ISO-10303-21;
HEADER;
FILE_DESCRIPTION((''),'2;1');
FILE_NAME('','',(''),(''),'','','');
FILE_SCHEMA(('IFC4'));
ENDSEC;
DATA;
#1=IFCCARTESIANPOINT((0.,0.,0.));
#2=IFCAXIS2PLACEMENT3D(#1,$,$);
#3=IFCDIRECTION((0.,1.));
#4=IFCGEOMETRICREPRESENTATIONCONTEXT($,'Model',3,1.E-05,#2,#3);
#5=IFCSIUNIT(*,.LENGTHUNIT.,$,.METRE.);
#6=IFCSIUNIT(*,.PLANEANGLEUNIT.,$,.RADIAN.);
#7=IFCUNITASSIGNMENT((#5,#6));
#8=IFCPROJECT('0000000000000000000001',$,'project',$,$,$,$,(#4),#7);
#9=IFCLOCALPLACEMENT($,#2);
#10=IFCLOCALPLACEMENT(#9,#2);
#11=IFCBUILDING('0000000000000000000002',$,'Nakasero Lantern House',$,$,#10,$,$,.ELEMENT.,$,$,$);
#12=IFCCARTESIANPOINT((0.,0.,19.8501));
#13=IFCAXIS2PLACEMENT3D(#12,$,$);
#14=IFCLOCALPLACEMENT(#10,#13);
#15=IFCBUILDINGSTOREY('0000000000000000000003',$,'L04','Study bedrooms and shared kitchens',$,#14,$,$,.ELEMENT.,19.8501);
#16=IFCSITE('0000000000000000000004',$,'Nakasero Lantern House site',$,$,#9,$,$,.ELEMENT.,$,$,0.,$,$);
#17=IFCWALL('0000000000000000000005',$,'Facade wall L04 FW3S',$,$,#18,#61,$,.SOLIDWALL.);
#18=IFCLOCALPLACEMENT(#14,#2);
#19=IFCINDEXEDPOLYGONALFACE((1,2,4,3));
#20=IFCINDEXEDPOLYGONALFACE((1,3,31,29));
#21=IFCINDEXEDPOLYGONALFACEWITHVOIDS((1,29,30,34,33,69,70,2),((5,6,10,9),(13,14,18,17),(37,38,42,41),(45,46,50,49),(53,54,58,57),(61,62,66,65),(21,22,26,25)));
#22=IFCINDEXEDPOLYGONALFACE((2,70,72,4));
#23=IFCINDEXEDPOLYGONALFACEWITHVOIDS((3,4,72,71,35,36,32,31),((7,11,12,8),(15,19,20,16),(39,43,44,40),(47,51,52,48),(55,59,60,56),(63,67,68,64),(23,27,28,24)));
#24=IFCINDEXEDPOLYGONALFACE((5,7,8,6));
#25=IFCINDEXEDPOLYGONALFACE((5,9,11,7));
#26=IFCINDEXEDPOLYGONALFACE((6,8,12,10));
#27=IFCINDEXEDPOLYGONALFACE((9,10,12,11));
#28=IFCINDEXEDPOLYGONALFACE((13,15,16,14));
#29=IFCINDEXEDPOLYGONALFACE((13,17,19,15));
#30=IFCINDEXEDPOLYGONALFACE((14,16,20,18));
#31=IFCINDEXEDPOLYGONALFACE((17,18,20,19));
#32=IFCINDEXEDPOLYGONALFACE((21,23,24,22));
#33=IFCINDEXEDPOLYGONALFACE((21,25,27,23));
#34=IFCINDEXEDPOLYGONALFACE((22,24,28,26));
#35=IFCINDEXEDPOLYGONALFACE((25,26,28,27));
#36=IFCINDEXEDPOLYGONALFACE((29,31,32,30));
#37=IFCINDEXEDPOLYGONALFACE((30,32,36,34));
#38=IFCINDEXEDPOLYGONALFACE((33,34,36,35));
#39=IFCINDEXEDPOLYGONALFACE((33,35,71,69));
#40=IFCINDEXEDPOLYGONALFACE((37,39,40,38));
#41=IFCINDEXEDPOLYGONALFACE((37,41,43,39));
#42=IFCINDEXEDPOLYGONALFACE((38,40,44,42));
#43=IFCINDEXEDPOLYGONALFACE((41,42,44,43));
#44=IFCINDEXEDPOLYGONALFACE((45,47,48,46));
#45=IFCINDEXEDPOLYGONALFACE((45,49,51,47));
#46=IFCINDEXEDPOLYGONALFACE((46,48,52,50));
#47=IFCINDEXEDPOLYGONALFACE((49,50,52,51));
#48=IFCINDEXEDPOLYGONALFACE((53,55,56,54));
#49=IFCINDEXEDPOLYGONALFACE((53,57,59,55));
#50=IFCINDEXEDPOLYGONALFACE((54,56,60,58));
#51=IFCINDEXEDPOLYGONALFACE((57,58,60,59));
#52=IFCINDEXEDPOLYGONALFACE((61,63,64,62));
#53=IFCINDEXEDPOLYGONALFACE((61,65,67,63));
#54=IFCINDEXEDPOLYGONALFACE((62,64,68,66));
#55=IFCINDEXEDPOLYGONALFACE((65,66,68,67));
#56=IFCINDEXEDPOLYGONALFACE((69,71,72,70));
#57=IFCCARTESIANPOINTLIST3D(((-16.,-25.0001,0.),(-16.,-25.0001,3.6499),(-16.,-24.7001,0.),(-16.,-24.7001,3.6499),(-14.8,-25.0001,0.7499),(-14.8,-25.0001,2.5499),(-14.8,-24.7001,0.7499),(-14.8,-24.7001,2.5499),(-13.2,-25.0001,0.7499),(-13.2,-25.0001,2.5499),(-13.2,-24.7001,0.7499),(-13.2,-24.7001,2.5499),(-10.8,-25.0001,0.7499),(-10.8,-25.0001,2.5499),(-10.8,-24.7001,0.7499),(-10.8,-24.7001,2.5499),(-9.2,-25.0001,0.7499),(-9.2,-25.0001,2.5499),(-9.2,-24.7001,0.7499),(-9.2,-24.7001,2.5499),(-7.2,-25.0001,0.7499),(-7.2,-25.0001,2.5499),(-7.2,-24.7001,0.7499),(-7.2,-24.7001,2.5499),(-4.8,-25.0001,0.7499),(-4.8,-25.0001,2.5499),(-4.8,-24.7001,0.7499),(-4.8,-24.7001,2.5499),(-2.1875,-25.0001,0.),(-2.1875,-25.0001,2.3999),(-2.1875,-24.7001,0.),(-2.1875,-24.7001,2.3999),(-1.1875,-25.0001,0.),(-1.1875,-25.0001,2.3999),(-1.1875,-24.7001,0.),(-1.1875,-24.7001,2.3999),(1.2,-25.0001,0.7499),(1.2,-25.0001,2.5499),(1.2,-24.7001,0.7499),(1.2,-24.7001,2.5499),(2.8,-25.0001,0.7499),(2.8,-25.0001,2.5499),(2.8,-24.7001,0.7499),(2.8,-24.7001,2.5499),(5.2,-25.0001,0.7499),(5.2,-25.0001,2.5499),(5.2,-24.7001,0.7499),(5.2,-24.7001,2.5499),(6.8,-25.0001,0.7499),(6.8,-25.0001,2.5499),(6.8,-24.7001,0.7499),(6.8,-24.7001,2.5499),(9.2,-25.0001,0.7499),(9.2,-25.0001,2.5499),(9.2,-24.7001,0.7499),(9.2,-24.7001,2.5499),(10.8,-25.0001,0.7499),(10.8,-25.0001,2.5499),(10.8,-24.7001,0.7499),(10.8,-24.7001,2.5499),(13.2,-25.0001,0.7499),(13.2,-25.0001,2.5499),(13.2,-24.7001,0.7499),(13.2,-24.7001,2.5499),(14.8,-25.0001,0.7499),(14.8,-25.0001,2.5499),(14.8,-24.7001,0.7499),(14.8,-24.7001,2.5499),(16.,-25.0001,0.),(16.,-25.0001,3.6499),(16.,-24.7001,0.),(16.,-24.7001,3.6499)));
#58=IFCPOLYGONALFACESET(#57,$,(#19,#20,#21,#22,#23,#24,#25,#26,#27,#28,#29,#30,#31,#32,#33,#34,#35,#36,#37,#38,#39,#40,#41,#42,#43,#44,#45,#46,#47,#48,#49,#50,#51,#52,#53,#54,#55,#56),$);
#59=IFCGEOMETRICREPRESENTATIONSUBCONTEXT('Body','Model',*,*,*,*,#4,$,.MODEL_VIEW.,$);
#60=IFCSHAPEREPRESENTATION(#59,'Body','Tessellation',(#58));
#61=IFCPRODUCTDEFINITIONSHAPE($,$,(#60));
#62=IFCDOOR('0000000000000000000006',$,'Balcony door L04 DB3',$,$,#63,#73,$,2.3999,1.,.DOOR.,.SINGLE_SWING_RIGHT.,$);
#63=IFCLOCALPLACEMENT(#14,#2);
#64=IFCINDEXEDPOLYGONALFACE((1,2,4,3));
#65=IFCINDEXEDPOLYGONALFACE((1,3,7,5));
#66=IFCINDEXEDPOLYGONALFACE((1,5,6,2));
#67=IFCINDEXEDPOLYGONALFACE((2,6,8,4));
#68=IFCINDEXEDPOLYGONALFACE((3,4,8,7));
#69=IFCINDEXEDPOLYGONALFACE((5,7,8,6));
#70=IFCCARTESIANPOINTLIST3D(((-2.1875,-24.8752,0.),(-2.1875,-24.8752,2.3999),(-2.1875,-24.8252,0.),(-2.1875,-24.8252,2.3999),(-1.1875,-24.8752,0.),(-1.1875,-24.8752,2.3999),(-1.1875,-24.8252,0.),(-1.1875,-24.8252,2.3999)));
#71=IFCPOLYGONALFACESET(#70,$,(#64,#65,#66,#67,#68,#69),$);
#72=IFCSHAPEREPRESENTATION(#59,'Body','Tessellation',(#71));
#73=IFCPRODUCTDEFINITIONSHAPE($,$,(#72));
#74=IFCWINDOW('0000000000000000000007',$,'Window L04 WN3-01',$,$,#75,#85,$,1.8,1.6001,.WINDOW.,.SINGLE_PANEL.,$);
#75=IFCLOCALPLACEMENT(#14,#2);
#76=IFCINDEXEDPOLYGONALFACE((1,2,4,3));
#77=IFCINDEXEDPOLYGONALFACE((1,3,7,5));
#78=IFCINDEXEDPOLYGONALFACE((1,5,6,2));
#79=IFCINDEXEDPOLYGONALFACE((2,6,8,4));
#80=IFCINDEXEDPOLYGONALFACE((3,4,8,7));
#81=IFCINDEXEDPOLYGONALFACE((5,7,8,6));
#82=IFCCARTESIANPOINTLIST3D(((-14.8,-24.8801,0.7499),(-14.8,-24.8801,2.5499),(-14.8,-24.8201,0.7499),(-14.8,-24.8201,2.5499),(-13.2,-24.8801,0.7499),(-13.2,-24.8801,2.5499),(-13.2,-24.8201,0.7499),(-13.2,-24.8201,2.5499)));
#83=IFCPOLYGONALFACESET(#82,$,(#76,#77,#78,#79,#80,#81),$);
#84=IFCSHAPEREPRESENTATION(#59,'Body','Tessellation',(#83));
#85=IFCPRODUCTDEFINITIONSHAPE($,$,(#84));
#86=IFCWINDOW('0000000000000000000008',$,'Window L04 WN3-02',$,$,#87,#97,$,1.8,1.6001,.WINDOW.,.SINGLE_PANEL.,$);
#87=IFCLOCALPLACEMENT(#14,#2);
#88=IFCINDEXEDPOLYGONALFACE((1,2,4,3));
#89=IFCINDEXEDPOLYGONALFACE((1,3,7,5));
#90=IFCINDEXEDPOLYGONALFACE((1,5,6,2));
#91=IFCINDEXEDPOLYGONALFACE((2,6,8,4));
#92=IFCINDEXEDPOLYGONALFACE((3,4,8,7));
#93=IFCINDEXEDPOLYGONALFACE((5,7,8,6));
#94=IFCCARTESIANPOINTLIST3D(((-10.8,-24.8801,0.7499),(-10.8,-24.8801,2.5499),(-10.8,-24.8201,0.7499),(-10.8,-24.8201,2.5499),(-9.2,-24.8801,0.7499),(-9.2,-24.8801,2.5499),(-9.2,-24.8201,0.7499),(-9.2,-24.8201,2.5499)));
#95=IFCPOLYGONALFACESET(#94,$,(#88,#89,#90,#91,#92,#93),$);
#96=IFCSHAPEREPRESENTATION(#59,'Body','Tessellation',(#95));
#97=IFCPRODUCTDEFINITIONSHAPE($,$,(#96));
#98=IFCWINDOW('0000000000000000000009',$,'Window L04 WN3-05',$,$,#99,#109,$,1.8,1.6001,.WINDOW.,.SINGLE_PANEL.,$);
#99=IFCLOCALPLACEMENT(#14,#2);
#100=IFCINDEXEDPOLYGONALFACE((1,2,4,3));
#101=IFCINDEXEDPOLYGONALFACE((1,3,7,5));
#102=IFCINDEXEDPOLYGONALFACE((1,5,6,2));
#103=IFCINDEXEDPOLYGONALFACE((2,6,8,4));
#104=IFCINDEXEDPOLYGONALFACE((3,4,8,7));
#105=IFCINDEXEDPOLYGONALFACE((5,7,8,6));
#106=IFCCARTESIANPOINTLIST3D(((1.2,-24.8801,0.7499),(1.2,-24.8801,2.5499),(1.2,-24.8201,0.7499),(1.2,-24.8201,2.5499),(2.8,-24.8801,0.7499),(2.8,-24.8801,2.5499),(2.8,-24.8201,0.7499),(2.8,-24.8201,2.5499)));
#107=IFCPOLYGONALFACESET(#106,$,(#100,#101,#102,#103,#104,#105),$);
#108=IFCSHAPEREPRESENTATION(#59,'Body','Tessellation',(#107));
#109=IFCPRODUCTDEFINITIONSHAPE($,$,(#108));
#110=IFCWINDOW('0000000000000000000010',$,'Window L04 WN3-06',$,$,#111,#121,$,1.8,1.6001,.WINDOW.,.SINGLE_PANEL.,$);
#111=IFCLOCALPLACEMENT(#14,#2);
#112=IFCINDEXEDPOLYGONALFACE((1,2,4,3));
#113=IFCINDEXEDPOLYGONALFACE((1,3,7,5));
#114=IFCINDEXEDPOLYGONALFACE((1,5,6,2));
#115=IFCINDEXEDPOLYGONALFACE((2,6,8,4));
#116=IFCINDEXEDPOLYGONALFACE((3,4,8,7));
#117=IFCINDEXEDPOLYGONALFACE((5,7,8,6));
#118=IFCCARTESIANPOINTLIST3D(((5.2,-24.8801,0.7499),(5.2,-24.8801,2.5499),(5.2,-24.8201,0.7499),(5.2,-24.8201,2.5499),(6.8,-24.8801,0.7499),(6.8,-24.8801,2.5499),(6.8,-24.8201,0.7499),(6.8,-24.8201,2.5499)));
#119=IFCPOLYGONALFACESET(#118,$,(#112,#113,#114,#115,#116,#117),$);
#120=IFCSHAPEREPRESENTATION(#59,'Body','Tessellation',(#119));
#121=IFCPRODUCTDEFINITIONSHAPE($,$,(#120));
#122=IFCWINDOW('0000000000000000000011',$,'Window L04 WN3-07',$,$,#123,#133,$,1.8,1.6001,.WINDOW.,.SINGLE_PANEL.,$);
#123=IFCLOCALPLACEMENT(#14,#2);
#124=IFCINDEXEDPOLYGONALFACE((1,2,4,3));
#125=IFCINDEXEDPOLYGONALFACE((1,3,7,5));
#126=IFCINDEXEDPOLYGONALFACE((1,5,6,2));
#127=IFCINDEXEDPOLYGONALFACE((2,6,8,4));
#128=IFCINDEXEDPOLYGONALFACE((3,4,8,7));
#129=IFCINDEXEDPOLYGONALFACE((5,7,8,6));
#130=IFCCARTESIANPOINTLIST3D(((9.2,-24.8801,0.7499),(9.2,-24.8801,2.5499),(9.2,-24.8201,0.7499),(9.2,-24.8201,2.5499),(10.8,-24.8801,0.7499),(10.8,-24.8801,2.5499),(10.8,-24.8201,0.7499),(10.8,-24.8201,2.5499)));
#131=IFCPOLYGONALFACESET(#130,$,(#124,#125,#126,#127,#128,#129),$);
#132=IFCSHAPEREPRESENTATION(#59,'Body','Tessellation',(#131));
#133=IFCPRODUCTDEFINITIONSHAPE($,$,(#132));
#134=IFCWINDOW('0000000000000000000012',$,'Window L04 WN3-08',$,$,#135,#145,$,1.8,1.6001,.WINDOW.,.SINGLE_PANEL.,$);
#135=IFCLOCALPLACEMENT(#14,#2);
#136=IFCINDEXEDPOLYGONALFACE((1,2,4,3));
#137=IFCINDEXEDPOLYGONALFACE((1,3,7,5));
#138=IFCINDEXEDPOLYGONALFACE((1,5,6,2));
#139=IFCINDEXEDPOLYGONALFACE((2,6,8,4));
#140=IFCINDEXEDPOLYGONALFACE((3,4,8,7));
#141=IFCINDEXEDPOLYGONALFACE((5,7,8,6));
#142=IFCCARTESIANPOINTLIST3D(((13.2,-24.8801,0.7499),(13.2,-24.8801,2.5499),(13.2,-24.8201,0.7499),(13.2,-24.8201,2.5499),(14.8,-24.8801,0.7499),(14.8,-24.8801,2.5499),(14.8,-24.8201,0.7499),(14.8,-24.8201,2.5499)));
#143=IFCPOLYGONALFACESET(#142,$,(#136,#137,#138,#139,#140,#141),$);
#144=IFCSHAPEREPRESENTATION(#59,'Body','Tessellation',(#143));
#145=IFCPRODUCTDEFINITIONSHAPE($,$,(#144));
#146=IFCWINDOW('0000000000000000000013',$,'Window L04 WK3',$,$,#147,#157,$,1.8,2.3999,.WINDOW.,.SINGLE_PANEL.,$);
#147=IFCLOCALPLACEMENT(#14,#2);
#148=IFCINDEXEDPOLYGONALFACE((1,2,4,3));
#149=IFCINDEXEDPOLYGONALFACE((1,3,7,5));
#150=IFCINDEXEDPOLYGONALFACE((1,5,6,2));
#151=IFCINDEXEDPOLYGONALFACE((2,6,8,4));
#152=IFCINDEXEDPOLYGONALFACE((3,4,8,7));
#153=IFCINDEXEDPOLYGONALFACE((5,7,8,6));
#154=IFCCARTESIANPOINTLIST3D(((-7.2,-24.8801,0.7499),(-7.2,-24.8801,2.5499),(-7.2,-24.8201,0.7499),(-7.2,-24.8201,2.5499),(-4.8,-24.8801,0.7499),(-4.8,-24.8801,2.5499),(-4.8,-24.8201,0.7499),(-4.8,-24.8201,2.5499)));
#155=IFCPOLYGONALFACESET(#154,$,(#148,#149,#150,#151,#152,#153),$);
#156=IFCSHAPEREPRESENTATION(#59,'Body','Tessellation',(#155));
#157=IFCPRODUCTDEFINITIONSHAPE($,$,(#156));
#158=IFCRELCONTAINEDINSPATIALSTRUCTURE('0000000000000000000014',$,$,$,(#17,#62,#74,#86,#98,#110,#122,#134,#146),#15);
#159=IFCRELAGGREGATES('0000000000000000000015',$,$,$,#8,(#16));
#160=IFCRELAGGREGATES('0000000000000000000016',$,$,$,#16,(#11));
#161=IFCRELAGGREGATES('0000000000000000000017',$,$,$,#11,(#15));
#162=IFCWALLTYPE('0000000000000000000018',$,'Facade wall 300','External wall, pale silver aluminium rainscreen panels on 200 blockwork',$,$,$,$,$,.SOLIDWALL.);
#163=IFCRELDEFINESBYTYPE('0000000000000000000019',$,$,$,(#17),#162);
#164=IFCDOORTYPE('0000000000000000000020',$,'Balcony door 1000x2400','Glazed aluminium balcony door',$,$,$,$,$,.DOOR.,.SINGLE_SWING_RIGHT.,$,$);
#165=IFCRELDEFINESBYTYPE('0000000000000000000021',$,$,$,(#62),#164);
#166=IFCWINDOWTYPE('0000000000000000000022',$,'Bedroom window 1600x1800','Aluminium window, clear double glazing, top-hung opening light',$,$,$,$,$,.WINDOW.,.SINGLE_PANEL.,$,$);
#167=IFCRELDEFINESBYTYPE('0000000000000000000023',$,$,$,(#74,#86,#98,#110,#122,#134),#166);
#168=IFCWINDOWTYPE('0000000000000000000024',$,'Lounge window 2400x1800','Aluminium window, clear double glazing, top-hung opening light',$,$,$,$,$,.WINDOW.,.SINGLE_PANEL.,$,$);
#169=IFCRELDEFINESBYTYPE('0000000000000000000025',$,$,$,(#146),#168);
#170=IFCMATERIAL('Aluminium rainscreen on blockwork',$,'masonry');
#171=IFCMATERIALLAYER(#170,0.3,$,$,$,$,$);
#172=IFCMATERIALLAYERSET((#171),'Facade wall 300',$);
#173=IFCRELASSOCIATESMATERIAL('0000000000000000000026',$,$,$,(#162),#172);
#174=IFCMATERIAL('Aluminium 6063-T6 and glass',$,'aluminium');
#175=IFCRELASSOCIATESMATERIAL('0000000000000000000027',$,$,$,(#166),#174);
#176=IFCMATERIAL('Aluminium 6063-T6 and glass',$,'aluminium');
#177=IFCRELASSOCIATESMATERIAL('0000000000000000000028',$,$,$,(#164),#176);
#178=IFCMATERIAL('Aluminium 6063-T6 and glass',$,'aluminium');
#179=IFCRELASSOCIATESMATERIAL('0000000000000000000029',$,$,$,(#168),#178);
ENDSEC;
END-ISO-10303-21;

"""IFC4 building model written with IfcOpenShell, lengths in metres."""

from ifc_helpers import new_model, si_unit, direction, frame, frame_2d, origin, place, context, subcontext, project, spatial, rectangle, extrude, material, layer, layer_set, type_object, element, fill, save


model = new_model("IFC4")

# Units and contexts
model_context = context("Model", 3, precision=1e-05, world=origin(), true_north=direction((0.0, 1.0)))
body_context = subcontext(model_context, "Body", "Model", "MODEL_VIEW")
ifc_project = project(units=[si_unit("LENGTHUNIT", "METRE"), si_unit("PLANEANGLEUNIT", "RADIAN")], contexts=[model_context])

# Site, building, storey
site_placement = place(None, origin())
site = spatial("IfcSite", under=ifc_project, at=site_placement, Name="Nakasero Lantern House site", CompositionType="ELEMENT", RefElevation=0.0)
building_placement = place(site_placement, origin())
building = spatial("IfcBuilding", under=site, at=building_placement, Name="Nakasero Lantern House", CompositionType="ELEMENT")
storey_placement = place(building_placement, frame((0.0, 0.0, 19.8501)))
storey = spatial("IfcBuildingStorey", under=building, at=storey_placement, Name="L04", Description="Study bedrooms and shared kitchens", CompositionType="ELEMENT", Elevation=19.8501)

# Shared definitions
ifc_material_1 = material(Name="Aluminium rainscreen on blockwork", Category="masonry")
ifc_layer_1 = layer(ifc_material_1, 0.3)
ifc_layer_set_1 = layer_set([ifc_layer_1], Name="Facade wall 300")
wall_type_1 = type_object("IfcWallType", Name="Facade wall 300", Description="External wall, pale silver aluminium rainscreen panels on 200 blockwork", PredefinedType="SOLIDWALL", material=ifc_layer_set_1)
ifc_material_2 = material(Name="Aluminium 6063-T6 and glass", Category="aluminium")
window_type_1 = type_object("IfcWindowType", Name="Bedroom window 1600x1800", Description="Aluminium window, clear double glazing, top-hung opening light", PartitioningType="SINGLE_PANEL", PredefinedType="WINDOW", material=ifc_material_2)

# Wall, openings, door, windows
wall_1_placement = place(storey_placement, frame((-16.0, -24.8501, 0.0), z_axis=(0.0, 0.0, 1.0), x_axis=(1.0, 0.0, 0.0)))
wall_1 = element("IfcWall", 1, at=wall_1_placement, inside=storey, type_object=wall_type_1, Name="Facade wall L04 FW3S", PredefinedType="SOLIDWALL", context=body_context, shape_type="SweptSolid", body=[
    extrude(rectangle(XDim=32.0, YDim=0.3, at=frame_2d((16.0, 0.0))), origin(), (0.0, 0.0, 1.0), 3.6499),
])
opening_1_placement = place(wall_1_placement, frame((1.2, 0.0, 0.75)))
opening_1 = element("IfcOpeningElement", 2, at=opening_1_placement, cuts=wall_1, PredefinedType="OPENING", context=body_context, shape_type="SweptSolid", body=[
    extrude(rectangle(XDim=1.6001, YDim=1.8, at=frame_2d((0.8, 0.8999))), frame((0.0, 0.1699, 0.0), z_axis=(0.0, -1.0, 0.0), x_axis=(1.0, 0.0, 0.0)), (0.0, 0.0, 1.0), 0.3401),
])
opening_2_placement = place(wall_1_placement, frame((5.2, 0.0, 0.75)))
opening_2 = element("IfcOpeningElement", 3, at=opening_2_placement, cuts=wall_1, PredefinedType="OPENING", context=body_context, shape_type="SweptSolid", body=[
    extrude(rectangle(XDim=1.6001, YDim=1.8, at=frame_2d((0.8, 0.8999))), frame((0.0, 0.1699, 0.0), z_axis=(0.0, -1.0, 0.0), x_axis=(1.0, 0.0, 0.0)), (0.0, 0.0, 1.0), 0.3401),
])
opening_3_placement = place(wall_1_placement, frame((17.2, 0.0, 0.75)))
opening_3 = element("IfcOpeningElement", 4, at=opening_3_placement, cuts=wall_1, PredefinedType="OPENING", context=body_context, shape_type="SweptSolid", body=[
    extrude(rectangle(XDim=1.6001, YDim=1.8, at=frame_2d((0.8, 0.8999))), frame((0.0, 0.1699, 0.0), z_axis=(0.0, -1.0, 0.0), x_axis=(1.0, 0.0, 0.0)), (0.0, 0.0, 1.0), 0.3401),
])
opening_4_placement = place(wall_1_placement, frame((21.2, 0.0, 0.75)))
opening_4 = element("IfcOpeningElement", 5, at=opening_4_placement, cuts=wall_1, PredefinedType="OPENING", context=body_context, shape_type="SweptSolid", body=[
    extrude(rectangle(XDim=1.6001, YDim=1.8, at=frame_2d((0.8, 0.8999))), frame((0.0, 0.1699, 0.0), z_axis=(0.0, -1.0, 0.0), x_axis=(1.0, 0.0, 0.0)), (0.0, 0.0, 1.0), 0.3401),
])
opening_5_placement = place(wall_1_placement, frame((25.2, 0.0, 0.75)))
opening_5 = element("IfcOpeningElement", 6, at=opening_5_placement, cuts=wall_1, PredefinedType="OPENING", context=body_context, shape_type="SweptSolid", body=[
    extrude(rectangle(XDim=1.6001, YDim=1.8, at=frame_2d((0.8, 0.8999))), frame((0.0, 0.1699, 0.0), z_axis=(0.0, -1.0, 0.0), x_axis=(1.0, 0.0, 0.0)), (0.0, 0.0, 1.0), 0.3401),
])
opening_6_placement = place(wall_1_placement, frame((29.2, 0.0, 0.75)))
opening_6 = element("IfcOpeningElement", 7, at=opening_6_placement, cuts=wall_1, PredefinedType="OPENING", context=body_context, shape_type="SweptSolid", body=[
    extrude(rectangle(XDim=1.6001, YDim=1.8, at=frame_2d((0.8, 0.8999))), frame((0.0, 0.1699, 0.0), z_axis=(0.0, -1.0, 0.0), x_axis=(1.0, 0.0, 0.0)), (0.0, 0.0, 1.0), 0.3401),
])
opening_7_placement = place(wall_1_placement, frame((8.8, 0.0, 0.75)))
opening_7 = element("IfcOpeningElement", 8, at=opening_7_placement, cuts=wall_1, PredefinedType="OPENING", context=body_context, shape_type="SweptSolid", body=[
    extrude(rectangle(XDim=2.3999, YDim=1.8, at=frame_2d((1.2, 0.8999))), frame((0.0, 0.1699, 0.0), z_axis=(0.0, -1.0, 0.0), x_axis=(1.0, 0.0, 0.0)), (0.0, 0.0, 1.0), 0.3401),
])
opening_8_placement = place(wall_1_placement, frame((13.8125, 0.0, 0.0)))
opening_8 = element("IfcOpeningElement", 9, at=opening_8_placement, cuts=wall_1, PredefinedType="OPENING", context=body_context, shape_type="SweptSolid", body=[
    extrude(rectangle(XDim=1.0, YDim=2.3999, at=frame_2d((0.5, 1.2))), frame((0.0, 0.1699, 0.0), z_axis=(0.0, -1.0, 0.0), x_axis=(1.0, 0.0, 0.0)), (0.0, 0.0, 1.0), 0.3401),
])
ifc_material_3 = material(Name="Aluminium 6063-T6 and glass", Category="aluminium")
door_type_1 = type_object("IfcDoorType", Name="Balcony door 1000x2400", Description="Glazed aluminium balcony door", OperationType="SINGLE_SWING_RIGHT", PredefinedType="DOOR", material=ifc_material_3)
door_1_placement = place(opening_8_placement, origin())
door_1 = element("IfcDoor", 10, at=door_1_placement, inside=storey, type_object=door_type_1, Name="Balcony door L04 DB3", OperationType="SINGLE_SWING_RIGHT", OverallHeight=2.3999, OverallWidth=1.0, PredefinedType="DOOR", context=body_context, shape_type="SweptSolid", body=[
    extrude(rectangle(XDim=1.0, YDim=2.3999, at=frame_2d((0.5, 1.2))), frame((0.0, 0.0249, 0.0), z_axis=(0.0, -1.0, 0.0), x_axis=(1.0, 0.0, 0.0)), (0.0, 0.0, 1.0), 0.05),
])
fill(opening_8, door_1)
window_1_placement = place(opening_1_placement, origin())
window_1 = element("IfcWindow", 11, at=window_1_placement, inside=storey, type_object=window_type_1, Name="Window L04 WN3-01", OverallHeight=1.8, OverallWidth=1.6001, PartitioningType="SINGLE_PANEL", PredefinedType="WINDOW", context=body_context, shape_type="SweptSolid", body=[
    extrude(rectangle(XDim=1.6001, YDim=1.8, at=frame_2d((0.8, 0.8999))), frame((0.0, 0.03, 0.0), z_axis=(0.0, -1.0, 0.0), x_axis=(1.0, 0.0, 0.0)), (0.0, 0.0, 1.0), 0.0601),
])
fill(opening_1, window_1)
window_2_placement = place(opening_2_placement, origin())
window_2 = element("IfcWindow", 12, at=window_2_placement, inside=storey, type_object=window_type_1, Name="Window L04 WN3-02", OverallHeight=1.8, OverallWidth=1.6001, PartitioningType="SINGLE_PANEL", PredefinedType="WINDOW", context=body_context, shape_type="SweptSolid", body=[
    extrude(rectangle(XDim=1.6001, YDim=1.8, at=frame_2d((0.8, 0.8999))), frame((0.0, 0.03, 0.0), z_axis=(0.0, -1.0, 0.0), x_axis=(1.0, 0.0, 0.0)), (0.0, 0.0, 1.0), 0.0601),
])
fill(opening_2, window_2)
window_3_placement = place(opening_3_placement, origin())
window_3 = element("IfcWindow", 13, at=window_3_placement, inside=storey, type_object=window_type_1, Name="Window L04 WN3-05", OverallHeight=1.8, OverallWidth=1.6001, PartitioningType="SINGLE_PANEL", PredefinedType="WINDOW", context=body_context, shape_type="SweptSolid", body=[
    extrude(rectangle(XDim=1.6001, YDim=1.8, at=frame_2d((0.8, 0.8999))), frame((0.0, 0.03, 0.0), z_axis=(0.0, -1.0, 0.0), x_axis=(1.0, 0.0, 0.0)), (0.0, 0.0, 1.0), 0.0601),
])
fill(opening_3, window_3)
window_4_placement = place(opening_4_placement, origin())
window_4 = element("IfcWindow", 14, at=window_4_placement, inside=storey, type_object=window_type_1, Name="Window L04 WN3-06", OverallHeight=1.8, OverallWidth=1.6001, PartitioningType="SINGLE_PANEL", PredefinedType="WINDOW", context=body_context, shape_type="SweptSolid", body=[
    extrude(rectangle(XDim=1.6001, YDim=1.8, at=frame_2d((0.8, 0.8999))), frame((0.0, 0.03, 0.0), z_axis=(0.0, -1.0, 0.0), x_axis=(1.0, 0.0, 0.0)), (0.0, 0.0, 1.0), 0.0601),
])
fill(opening_4, window_4)
window_5_placement = place(opening_5_placement, origin())
window_5 = element("IfcWindow", 15, at=window_5_placement, inside=storey, type_object=window_type_1, Name="Window L04 WN3-07", OverallHeight=1.8, OverallWidth=1.6001, PartitioningType="SINGLE_PANEL", PredefinedType="WINDOW", context=body_context, shape_type="SweptSolid", body=[
    extrude(rectangle(XDim=1.6001, YDim=1.8, at=frame_2d((0.8, 0.8999))), frame((0.0, 0.03, 0.0), z_axis=(0.0, -1.0, 0.0), x_axis=(1.0, 0.0, 0.0)), (0.0, 0.0, 1.0), 0.0601),
])
fill(opening_5, window_5)
window_6_placement = place(opening_6_placement, origin())
window_6 = element("IfcWindow", 16, at=window_6_placement, inside=storey, type_object=window_type_1, Name="Window L04 WN3-08", OverallHeight=1.8, OverallWidth=1.6001, PartitioningType="SINGLE_PANEL", PredefinedType="WINDOW", context=body_context, shape_type="SweptSolid", body=[
    extrude(rectangle(XDim=1.6001, YDim=1.8, at=frame_2d((0.8, 0.8999))), frame((0.0, 0.03, 0.0), z_axis=(0.0, -1.0, 0.0), x_axis=(1.0, 0.0, 0.0)), (0.0, 0.0, 1.0), 0.0601),
])
fill(opening_6, window_6)
ifc_material_4 = material(Name="Aluminium 6063-T6 and glass", Category="aluminium")
window_type_2 = type_object("IfcWindowType", Name="Lounge window 2400x1800", Description="Aluminium window, clear double glazing, top-hung opening light", PartitioningType="SINGLE_PANEL", PredefinedType="WINDOW", material=ifc_material_4)
window_7_placement = place(opening_7_placement, origin())
window_7 = element("IfcWindow", 17, at=window_7_placement, inside=storey, type_object=window_type_2, Name="Window L04 WK3", OverallHeight=1.8, OverallWidth=2.3999, PartitioningType="SINGLE_PANEL", PredefinedType="WINDOW", context=body_context, shape_type="SweptSolid", body=[
    extrude(rectangle(XDim=2.3999, YDim=1.8, at=frame_2d((1.2, 0.8999))), frame((0.0, 0.03, 0.0), z_axis=(0.0, -1.0, 0.0), x_axis=(1.0, 0.0, 0.0)), (0.0, 0.0, 1.0), 0.0601),
])
fill(opening_7, window_7)

save(model, "model.ifc")
